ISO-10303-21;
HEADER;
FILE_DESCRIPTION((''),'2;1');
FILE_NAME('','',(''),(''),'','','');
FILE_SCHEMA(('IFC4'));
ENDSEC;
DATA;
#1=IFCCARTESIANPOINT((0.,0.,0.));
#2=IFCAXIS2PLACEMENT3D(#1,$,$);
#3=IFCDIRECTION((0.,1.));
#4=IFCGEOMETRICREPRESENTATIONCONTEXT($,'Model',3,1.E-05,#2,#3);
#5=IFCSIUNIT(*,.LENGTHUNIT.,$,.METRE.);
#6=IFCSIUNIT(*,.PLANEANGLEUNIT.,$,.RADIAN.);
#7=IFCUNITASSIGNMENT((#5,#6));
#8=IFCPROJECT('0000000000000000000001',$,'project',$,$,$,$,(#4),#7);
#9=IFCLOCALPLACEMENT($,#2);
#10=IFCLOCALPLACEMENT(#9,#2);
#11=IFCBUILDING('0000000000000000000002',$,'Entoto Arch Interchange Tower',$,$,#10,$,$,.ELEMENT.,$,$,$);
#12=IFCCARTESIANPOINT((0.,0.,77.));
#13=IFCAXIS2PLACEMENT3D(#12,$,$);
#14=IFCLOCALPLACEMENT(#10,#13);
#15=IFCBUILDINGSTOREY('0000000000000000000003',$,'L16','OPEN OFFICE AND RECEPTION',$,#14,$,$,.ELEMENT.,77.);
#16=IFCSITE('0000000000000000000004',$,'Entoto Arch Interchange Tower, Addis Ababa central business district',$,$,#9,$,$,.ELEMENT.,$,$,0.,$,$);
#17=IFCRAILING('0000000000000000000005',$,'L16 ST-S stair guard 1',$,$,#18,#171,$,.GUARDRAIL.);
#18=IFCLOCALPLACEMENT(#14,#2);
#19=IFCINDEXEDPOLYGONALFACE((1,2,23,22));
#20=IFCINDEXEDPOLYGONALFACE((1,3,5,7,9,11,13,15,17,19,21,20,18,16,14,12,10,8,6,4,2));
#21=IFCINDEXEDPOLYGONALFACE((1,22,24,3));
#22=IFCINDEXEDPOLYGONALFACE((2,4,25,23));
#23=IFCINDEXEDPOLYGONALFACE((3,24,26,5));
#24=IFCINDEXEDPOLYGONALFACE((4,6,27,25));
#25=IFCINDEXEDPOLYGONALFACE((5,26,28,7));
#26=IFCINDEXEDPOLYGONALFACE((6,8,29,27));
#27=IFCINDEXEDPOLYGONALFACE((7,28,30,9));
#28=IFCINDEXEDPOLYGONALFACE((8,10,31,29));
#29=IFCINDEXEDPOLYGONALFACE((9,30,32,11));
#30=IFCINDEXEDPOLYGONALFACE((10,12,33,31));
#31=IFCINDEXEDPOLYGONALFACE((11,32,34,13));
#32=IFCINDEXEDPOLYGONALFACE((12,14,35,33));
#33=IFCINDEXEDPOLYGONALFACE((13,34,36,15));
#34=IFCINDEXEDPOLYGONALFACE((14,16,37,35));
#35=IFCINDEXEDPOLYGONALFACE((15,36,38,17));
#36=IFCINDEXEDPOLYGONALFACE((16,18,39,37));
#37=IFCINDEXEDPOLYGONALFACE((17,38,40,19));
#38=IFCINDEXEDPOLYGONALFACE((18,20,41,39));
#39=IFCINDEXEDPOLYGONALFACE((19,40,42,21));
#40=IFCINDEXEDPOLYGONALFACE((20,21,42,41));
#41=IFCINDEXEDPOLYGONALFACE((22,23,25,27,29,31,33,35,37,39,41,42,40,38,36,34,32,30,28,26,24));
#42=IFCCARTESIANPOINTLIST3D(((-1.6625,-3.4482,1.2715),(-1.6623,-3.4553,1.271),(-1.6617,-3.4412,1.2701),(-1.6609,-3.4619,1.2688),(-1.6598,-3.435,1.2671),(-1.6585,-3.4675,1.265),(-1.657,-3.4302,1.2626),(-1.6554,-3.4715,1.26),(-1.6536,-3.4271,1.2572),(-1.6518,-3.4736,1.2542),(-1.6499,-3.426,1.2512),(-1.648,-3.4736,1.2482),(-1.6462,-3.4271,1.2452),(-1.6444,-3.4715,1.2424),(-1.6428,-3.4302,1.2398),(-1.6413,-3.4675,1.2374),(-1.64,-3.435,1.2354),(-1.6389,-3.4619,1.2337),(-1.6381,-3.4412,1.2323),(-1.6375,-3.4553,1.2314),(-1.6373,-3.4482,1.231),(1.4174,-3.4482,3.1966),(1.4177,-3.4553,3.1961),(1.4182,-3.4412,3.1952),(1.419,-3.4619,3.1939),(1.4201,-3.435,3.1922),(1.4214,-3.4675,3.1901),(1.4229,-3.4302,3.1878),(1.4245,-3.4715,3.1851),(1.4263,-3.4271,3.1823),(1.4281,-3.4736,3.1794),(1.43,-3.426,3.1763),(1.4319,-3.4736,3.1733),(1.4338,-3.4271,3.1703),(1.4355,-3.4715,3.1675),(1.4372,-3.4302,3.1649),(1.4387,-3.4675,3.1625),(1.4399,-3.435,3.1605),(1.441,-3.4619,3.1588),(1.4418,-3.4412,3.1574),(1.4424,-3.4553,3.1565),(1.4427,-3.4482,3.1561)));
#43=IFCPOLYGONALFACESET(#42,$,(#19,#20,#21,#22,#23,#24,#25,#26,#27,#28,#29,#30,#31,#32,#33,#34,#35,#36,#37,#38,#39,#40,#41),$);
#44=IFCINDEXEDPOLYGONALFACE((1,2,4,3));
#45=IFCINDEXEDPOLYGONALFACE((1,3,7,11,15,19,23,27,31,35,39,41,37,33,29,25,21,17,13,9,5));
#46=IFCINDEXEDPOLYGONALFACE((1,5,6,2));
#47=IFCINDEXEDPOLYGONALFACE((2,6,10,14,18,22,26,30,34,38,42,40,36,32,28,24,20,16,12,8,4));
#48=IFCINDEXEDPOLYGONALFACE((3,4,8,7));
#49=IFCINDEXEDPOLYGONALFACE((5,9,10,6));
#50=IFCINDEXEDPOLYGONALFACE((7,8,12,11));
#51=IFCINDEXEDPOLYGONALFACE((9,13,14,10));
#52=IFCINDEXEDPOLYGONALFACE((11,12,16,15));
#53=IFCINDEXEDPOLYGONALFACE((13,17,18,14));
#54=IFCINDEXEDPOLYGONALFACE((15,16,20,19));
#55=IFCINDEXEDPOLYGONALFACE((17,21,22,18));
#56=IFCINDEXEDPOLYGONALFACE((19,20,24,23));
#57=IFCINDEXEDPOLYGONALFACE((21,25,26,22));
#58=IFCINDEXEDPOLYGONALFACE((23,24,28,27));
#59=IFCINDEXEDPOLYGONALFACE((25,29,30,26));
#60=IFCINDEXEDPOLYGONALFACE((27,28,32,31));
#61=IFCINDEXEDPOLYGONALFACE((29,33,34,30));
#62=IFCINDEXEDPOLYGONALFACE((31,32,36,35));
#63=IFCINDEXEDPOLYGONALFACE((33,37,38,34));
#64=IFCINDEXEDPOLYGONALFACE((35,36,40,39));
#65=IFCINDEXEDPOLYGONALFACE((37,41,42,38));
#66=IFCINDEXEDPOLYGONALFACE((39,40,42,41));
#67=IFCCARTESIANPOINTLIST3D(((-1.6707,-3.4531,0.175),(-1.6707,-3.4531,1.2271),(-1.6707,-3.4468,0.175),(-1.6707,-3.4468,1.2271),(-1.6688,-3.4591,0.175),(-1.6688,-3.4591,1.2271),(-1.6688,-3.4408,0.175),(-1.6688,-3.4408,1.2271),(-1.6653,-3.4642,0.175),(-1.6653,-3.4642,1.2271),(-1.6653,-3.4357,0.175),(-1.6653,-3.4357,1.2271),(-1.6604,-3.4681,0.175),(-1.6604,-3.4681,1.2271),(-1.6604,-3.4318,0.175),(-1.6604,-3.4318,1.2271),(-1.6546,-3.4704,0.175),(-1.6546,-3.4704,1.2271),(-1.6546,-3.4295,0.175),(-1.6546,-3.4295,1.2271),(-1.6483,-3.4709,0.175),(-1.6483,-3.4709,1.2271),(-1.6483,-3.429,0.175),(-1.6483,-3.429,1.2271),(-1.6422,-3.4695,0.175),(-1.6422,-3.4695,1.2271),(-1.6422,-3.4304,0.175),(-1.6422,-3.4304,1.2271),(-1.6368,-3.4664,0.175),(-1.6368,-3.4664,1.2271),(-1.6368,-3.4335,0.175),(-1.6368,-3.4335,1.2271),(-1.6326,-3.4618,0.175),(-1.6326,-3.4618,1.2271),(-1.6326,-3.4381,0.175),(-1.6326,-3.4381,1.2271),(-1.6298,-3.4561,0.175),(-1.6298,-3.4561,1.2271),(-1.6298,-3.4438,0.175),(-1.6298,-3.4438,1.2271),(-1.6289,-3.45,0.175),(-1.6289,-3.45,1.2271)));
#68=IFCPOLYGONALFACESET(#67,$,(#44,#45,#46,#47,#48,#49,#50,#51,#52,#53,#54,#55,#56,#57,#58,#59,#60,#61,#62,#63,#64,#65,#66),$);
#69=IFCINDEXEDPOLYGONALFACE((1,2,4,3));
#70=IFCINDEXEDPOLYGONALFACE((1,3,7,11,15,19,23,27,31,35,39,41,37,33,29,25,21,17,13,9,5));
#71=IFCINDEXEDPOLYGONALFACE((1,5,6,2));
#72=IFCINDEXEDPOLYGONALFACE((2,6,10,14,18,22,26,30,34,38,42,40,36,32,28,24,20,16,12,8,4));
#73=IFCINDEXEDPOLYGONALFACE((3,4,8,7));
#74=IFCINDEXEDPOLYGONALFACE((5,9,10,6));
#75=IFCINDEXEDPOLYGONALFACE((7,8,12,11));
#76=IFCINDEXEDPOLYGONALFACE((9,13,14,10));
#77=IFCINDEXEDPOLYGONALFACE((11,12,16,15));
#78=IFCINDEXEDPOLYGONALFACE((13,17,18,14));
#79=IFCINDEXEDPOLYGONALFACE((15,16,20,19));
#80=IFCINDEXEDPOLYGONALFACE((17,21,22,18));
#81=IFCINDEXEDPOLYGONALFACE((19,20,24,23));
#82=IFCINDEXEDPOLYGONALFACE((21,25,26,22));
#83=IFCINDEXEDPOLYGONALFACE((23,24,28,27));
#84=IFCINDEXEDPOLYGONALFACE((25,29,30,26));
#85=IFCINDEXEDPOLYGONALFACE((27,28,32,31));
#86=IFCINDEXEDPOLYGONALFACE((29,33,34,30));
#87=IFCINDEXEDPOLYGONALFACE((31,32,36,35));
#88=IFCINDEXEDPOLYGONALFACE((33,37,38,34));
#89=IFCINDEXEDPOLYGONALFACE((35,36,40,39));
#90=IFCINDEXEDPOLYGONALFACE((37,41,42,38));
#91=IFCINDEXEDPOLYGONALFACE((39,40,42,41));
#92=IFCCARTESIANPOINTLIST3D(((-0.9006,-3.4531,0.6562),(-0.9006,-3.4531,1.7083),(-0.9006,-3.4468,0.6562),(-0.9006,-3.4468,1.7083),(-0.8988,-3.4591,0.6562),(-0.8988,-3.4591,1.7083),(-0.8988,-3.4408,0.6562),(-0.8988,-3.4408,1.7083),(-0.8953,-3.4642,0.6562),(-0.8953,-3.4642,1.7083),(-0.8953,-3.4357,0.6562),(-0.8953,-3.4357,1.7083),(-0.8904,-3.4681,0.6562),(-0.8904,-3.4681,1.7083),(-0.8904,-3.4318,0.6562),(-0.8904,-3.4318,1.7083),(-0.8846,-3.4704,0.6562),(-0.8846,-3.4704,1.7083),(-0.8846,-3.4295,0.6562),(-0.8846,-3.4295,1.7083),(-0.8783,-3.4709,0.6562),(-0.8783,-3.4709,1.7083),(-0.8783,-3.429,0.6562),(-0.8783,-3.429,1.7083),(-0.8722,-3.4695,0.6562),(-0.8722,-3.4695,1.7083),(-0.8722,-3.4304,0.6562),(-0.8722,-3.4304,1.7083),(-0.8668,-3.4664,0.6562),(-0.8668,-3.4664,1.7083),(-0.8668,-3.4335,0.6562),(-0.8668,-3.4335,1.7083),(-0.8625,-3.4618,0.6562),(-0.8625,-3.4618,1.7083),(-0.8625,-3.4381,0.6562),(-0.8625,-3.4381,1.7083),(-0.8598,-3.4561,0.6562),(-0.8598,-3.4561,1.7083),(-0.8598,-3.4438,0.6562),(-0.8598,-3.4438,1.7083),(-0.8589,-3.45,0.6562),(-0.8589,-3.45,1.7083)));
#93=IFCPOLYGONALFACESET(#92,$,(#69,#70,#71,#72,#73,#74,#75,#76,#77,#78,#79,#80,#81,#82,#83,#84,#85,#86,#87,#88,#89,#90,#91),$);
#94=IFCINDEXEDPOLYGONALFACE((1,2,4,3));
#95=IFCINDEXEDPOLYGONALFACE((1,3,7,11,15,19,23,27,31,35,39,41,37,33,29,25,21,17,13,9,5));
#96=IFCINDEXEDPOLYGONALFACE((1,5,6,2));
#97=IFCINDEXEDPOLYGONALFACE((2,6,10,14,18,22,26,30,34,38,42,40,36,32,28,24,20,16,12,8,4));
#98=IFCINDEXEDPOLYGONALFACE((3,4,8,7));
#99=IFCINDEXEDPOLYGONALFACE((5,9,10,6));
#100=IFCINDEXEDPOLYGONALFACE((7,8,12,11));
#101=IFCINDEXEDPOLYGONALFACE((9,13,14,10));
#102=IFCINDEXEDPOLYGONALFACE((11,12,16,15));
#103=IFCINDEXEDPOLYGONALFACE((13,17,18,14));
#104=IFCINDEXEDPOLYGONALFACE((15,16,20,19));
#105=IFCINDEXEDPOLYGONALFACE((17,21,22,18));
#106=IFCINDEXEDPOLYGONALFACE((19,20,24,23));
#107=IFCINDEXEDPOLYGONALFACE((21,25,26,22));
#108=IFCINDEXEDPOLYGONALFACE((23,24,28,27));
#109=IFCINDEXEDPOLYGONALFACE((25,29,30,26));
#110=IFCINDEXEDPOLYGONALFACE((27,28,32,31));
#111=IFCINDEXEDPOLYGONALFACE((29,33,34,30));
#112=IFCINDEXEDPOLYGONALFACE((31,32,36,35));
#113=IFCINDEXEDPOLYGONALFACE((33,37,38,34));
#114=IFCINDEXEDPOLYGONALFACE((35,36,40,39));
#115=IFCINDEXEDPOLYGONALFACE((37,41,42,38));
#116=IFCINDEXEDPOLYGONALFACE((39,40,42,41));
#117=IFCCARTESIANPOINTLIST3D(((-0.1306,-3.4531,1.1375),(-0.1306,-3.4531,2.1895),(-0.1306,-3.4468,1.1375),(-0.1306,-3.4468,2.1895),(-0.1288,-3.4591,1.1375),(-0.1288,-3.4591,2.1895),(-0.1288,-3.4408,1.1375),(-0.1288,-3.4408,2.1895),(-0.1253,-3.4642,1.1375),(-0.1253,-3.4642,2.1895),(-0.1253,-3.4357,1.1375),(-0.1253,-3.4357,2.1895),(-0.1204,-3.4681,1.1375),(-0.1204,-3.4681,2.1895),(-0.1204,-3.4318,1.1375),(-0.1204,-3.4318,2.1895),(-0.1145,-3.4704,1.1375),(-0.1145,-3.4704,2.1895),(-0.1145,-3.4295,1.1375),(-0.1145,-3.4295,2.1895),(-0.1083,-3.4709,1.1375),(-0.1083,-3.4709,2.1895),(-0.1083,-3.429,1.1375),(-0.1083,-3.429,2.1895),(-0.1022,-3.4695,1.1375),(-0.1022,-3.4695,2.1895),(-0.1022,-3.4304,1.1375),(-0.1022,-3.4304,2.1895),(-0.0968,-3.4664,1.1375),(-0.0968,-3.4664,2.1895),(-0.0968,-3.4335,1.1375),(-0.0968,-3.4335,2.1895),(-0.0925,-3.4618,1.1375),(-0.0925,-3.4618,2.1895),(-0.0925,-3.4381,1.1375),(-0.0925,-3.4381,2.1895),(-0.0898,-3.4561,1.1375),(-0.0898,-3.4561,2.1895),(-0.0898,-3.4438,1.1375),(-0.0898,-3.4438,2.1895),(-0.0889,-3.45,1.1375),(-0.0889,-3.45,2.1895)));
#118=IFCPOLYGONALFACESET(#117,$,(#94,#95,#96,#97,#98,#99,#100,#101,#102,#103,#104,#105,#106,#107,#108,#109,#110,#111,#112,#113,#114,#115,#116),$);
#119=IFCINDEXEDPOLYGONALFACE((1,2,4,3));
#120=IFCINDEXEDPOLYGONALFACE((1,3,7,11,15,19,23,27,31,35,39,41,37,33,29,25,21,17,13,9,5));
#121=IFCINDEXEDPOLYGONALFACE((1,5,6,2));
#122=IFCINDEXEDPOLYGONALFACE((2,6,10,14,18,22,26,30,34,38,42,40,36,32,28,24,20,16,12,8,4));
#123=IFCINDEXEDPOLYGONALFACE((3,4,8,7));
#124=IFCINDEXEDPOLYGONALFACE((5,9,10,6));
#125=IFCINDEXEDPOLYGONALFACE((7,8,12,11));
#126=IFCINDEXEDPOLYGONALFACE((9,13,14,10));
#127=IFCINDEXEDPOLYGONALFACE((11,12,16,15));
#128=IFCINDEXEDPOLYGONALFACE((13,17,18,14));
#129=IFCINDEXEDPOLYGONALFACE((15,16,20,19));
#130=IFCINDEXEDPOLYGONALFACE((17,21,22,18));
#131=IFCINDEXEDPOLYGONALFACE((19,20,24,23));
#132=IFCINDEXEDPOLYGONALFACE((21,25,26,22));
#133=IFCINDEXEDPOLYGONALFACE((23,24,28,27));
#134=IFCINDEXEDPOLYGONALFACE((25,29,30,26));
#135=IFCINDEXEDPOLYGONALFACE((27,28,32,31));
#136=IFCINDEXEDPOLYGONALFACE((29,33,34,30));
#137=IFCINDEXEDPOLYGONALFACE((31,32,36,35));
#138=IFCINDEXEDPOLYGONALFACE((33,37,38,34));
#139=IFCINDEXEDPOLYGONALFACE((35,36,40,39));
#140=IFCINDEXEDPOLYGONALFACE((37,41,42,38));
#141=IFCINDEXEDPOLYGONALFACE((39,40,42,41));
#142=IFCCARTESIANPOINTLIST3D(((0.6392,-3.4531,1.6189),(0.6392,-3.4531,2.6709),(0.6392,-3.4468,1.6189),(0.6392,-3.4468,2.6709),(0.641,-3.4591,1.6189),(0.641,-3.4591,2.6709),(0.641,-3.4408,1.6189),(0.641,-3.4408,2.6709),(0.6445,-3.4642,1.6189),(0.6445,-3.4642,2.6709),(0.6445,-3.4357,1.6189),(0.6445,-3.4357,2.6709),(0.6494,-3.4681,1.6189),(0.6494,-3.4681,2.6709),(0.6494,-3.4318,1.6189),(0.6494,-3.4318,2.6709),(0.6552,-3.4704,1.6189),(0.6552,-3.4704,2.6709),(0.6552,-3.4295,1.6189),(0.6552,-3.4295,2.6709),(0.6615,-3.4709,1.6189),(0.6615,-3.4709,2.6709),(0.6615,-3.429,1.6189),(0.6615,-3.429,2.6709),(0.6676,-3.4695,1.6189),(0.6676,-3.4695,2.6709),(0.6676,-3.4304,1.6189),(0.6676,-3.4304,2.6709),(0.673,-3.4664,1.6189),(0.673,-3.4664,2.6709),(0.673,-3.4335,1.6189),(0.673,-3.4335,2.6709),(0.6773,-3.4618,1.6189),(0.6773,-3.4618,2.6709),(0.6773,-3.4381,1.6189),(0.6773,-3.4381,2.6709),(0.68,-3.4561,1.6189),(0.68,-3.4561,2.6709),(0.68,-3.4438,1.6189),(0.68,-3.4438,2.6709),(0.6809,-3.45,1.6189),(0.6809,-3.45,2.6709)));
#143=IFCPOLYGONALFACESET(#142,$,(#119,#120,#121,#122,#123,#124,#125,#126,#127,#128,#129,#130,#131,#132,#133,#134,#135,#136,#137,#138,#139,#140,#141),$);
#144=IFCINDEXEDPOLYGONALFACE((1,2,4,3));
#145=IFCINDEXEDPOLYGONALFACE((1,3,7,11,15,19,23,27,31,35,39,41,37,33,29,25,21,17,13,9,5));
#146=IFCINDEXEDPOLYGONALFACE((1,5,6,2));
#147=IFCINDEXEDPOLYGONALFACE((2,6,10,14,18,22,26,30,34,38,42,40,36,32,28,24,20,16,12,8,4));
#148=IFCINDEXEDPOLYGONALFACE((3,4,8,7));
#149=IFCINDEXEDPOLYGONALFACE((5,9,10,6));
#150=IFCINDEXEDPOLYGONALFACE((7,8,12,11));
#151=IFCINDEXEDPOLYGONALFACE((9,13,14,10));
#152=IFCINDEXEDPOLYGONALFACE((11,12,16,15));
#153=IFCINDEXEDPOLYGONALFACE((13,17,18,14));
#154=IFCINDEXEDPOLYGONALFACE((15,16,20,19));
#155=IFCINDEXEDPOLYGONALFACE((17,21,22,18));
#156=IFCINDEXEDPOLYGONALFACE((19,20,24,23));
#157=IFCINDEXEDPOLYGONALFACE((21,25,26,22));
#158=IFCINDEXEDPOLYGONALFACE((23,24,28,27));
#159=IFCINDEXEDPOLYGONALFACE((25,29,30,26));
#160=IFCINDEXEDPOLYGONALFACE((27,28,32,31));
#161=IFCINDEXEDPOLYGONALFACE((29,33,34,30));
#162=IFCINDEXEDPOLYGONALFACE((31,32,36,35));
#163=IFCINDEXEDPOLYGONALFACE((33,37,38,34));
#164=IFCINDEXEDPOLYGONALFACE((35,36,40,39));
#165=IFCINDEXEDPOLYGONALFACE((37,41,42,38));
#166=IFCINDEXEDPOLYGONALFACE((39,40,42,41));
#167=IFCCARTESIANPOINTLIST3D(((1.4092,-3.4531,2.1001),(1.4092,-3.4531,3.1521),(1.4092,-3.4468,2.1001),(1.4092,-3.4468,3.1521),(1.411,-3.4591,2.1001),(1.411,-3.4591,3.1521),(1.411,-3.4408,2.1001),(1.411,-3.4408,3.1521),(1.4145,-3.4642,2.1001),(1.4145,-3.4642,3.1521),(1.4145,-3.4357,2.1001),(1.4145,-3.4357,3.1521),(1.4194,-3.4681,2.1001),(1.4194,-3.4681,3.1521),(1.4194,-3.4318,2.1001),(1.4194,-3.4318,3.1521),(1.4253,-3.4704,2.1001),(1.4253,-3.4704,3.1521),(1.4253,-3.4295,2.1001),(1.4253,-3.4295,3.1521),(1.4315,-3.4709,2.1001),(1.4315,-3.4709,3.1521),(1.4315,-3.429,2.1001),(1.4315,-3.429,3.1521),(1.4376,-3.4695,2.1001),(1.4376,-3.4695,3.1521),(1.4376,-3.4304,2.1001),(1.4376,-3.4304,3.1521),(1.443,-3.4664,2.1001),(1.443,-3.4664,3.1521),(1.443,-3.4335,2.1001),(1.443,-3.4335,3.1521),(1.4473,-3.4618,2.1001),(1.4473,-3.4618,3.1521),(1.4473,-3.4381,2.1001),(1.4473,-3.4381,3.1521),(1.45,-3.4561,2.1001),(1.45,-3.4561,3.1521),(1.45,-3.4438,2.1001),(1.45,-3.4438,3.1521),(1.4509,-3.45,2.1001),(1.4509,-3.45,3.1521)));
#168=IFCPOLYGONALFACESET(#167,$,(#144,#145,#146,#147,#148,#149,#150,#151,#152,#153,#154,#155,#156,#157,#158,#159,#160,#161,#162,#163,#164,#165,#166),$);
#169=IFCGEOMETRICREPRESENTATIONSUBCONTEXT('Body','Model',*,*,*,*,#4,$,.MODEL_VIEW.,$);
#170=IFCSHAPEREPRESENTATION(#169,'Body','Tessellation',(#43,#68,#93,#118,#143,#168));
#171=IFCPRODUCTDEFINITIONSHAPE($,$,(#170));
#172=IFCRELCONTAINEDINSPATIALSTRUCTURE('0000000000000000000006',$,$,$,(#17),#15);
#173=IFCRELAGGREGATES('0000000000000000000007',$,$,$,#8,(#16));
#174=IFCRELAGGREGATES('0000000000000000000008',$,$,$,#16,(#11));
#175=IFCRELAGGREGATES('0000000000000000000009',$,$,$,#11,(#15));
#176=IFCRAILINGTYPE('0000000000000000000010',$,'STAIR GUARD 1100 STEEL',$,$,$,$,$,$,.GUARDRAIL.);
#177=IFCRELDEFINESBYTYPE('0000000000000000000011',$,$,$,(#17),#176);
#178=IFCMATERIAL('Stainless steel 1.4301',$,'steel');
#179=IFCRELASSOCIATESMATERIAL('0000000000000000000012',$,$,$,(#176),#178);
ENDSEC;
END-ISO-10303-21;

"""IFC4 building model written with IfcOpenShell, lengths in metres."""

from ifc_helpers import new_model, si_unit, direction, frame, origin, origin_2d, place, context, subcontext, project, spatial, circle, extrude, material, type_object, element, save


model = new_model("IFC4")

# Units and contexts
model_context = context("Model", 3, precision=1e-05, world=origin(), true_north=direction((0.0, 1.0)))
body_context = subcontext(model_context, "Body", "Model", "MODEL_VIEW")
ifc_project = project(units=[si_unit("LENGTHUNIT", "METRE"), si_unit("PLANEANGLEUNIT", "RADIAN")], contexts=[model_context])

# Site, building, storey
site_placement = place(None, origin())
site = spatial("IfcSite", under=ifc_project, at=site_placement, Name="Entoto Arch Interchange Tower, Addis Ababa central business district", CompositionType="ELEMENT", RefElevation=0.0)
building_placement = place(site_placement, origin())
building = spatial("IfcBuilding", under=site, at=building_placement, Name="Entoto Arch Interchange Tower", CompositionType="ELEMENT")
storey_placement = place(building_placement, frame((0.0, 0.0, 77.0)))
storey = spatial("IfcBuildingStorey", under=building, at=storey_placement, Name="L16", Description="OPEN OFFICE AND RECEPTION", CompositionType="ELEMENT", Elevation=77.0)

# Railing
ifc_material_1 = material(Name="Stainless steel 1.4301", Category="steel")
railing_type_1 = type_object("IfcRailingType", Name="STAIR GUARD 1100 STEEL", PredefinedType="GUARDRAIL", material=ifc_material_1)
railing_1_placement = place(storey_placement, frame((-1.6499, -3.45, 0.175)))
element("IfcRailing", 1, at=railing_1_placement, inside=storey, type_object=railing_type_1, Name="L16 ST-S stair guard 1", PredefinedType="GUARDRAIL", context=body_context, shape_type="SweptSolid", body=[
    extrude(circle(Radius=0.0239, at=origin_2d()), frame((0.0, 0.0, 1.0762), z_axis=(0.847979, 0.0, 0.530029), x_axis=(0.0, 1.0, 0.0)), (0.0, 0.0, 1.0), 3.6321),
    extrude(circle(Radius=0.021, at=origin_2d()), origin(), (0.0, 0.0, 1.0), 1.052),
    extrude(circle(Radius=0.021, at=origin_2d()), frame((0.77, 0.0, 0.4812)), (0.0, 0.0, 1.0), 1.052),
    extrude(circle(Radius=0.021, at=origin_2d()), frame((1.54, 0.0, 0.9624)), (0.0, 0.0, 1.0), 1.052),
    extrude(circle(Radius=0.021, at=origin_2d()), frame((2.3098, 0.0, 1.4438)), (0.0, 0.0, 1.0), 1.052),
    extrude(circle(Radius=0.021, at=origin_2d()), frame((3.0798, 0.0, 1.925)), (0.0, 0.0, 1.0), 1.052),
])

save(model, "model.ifc")
